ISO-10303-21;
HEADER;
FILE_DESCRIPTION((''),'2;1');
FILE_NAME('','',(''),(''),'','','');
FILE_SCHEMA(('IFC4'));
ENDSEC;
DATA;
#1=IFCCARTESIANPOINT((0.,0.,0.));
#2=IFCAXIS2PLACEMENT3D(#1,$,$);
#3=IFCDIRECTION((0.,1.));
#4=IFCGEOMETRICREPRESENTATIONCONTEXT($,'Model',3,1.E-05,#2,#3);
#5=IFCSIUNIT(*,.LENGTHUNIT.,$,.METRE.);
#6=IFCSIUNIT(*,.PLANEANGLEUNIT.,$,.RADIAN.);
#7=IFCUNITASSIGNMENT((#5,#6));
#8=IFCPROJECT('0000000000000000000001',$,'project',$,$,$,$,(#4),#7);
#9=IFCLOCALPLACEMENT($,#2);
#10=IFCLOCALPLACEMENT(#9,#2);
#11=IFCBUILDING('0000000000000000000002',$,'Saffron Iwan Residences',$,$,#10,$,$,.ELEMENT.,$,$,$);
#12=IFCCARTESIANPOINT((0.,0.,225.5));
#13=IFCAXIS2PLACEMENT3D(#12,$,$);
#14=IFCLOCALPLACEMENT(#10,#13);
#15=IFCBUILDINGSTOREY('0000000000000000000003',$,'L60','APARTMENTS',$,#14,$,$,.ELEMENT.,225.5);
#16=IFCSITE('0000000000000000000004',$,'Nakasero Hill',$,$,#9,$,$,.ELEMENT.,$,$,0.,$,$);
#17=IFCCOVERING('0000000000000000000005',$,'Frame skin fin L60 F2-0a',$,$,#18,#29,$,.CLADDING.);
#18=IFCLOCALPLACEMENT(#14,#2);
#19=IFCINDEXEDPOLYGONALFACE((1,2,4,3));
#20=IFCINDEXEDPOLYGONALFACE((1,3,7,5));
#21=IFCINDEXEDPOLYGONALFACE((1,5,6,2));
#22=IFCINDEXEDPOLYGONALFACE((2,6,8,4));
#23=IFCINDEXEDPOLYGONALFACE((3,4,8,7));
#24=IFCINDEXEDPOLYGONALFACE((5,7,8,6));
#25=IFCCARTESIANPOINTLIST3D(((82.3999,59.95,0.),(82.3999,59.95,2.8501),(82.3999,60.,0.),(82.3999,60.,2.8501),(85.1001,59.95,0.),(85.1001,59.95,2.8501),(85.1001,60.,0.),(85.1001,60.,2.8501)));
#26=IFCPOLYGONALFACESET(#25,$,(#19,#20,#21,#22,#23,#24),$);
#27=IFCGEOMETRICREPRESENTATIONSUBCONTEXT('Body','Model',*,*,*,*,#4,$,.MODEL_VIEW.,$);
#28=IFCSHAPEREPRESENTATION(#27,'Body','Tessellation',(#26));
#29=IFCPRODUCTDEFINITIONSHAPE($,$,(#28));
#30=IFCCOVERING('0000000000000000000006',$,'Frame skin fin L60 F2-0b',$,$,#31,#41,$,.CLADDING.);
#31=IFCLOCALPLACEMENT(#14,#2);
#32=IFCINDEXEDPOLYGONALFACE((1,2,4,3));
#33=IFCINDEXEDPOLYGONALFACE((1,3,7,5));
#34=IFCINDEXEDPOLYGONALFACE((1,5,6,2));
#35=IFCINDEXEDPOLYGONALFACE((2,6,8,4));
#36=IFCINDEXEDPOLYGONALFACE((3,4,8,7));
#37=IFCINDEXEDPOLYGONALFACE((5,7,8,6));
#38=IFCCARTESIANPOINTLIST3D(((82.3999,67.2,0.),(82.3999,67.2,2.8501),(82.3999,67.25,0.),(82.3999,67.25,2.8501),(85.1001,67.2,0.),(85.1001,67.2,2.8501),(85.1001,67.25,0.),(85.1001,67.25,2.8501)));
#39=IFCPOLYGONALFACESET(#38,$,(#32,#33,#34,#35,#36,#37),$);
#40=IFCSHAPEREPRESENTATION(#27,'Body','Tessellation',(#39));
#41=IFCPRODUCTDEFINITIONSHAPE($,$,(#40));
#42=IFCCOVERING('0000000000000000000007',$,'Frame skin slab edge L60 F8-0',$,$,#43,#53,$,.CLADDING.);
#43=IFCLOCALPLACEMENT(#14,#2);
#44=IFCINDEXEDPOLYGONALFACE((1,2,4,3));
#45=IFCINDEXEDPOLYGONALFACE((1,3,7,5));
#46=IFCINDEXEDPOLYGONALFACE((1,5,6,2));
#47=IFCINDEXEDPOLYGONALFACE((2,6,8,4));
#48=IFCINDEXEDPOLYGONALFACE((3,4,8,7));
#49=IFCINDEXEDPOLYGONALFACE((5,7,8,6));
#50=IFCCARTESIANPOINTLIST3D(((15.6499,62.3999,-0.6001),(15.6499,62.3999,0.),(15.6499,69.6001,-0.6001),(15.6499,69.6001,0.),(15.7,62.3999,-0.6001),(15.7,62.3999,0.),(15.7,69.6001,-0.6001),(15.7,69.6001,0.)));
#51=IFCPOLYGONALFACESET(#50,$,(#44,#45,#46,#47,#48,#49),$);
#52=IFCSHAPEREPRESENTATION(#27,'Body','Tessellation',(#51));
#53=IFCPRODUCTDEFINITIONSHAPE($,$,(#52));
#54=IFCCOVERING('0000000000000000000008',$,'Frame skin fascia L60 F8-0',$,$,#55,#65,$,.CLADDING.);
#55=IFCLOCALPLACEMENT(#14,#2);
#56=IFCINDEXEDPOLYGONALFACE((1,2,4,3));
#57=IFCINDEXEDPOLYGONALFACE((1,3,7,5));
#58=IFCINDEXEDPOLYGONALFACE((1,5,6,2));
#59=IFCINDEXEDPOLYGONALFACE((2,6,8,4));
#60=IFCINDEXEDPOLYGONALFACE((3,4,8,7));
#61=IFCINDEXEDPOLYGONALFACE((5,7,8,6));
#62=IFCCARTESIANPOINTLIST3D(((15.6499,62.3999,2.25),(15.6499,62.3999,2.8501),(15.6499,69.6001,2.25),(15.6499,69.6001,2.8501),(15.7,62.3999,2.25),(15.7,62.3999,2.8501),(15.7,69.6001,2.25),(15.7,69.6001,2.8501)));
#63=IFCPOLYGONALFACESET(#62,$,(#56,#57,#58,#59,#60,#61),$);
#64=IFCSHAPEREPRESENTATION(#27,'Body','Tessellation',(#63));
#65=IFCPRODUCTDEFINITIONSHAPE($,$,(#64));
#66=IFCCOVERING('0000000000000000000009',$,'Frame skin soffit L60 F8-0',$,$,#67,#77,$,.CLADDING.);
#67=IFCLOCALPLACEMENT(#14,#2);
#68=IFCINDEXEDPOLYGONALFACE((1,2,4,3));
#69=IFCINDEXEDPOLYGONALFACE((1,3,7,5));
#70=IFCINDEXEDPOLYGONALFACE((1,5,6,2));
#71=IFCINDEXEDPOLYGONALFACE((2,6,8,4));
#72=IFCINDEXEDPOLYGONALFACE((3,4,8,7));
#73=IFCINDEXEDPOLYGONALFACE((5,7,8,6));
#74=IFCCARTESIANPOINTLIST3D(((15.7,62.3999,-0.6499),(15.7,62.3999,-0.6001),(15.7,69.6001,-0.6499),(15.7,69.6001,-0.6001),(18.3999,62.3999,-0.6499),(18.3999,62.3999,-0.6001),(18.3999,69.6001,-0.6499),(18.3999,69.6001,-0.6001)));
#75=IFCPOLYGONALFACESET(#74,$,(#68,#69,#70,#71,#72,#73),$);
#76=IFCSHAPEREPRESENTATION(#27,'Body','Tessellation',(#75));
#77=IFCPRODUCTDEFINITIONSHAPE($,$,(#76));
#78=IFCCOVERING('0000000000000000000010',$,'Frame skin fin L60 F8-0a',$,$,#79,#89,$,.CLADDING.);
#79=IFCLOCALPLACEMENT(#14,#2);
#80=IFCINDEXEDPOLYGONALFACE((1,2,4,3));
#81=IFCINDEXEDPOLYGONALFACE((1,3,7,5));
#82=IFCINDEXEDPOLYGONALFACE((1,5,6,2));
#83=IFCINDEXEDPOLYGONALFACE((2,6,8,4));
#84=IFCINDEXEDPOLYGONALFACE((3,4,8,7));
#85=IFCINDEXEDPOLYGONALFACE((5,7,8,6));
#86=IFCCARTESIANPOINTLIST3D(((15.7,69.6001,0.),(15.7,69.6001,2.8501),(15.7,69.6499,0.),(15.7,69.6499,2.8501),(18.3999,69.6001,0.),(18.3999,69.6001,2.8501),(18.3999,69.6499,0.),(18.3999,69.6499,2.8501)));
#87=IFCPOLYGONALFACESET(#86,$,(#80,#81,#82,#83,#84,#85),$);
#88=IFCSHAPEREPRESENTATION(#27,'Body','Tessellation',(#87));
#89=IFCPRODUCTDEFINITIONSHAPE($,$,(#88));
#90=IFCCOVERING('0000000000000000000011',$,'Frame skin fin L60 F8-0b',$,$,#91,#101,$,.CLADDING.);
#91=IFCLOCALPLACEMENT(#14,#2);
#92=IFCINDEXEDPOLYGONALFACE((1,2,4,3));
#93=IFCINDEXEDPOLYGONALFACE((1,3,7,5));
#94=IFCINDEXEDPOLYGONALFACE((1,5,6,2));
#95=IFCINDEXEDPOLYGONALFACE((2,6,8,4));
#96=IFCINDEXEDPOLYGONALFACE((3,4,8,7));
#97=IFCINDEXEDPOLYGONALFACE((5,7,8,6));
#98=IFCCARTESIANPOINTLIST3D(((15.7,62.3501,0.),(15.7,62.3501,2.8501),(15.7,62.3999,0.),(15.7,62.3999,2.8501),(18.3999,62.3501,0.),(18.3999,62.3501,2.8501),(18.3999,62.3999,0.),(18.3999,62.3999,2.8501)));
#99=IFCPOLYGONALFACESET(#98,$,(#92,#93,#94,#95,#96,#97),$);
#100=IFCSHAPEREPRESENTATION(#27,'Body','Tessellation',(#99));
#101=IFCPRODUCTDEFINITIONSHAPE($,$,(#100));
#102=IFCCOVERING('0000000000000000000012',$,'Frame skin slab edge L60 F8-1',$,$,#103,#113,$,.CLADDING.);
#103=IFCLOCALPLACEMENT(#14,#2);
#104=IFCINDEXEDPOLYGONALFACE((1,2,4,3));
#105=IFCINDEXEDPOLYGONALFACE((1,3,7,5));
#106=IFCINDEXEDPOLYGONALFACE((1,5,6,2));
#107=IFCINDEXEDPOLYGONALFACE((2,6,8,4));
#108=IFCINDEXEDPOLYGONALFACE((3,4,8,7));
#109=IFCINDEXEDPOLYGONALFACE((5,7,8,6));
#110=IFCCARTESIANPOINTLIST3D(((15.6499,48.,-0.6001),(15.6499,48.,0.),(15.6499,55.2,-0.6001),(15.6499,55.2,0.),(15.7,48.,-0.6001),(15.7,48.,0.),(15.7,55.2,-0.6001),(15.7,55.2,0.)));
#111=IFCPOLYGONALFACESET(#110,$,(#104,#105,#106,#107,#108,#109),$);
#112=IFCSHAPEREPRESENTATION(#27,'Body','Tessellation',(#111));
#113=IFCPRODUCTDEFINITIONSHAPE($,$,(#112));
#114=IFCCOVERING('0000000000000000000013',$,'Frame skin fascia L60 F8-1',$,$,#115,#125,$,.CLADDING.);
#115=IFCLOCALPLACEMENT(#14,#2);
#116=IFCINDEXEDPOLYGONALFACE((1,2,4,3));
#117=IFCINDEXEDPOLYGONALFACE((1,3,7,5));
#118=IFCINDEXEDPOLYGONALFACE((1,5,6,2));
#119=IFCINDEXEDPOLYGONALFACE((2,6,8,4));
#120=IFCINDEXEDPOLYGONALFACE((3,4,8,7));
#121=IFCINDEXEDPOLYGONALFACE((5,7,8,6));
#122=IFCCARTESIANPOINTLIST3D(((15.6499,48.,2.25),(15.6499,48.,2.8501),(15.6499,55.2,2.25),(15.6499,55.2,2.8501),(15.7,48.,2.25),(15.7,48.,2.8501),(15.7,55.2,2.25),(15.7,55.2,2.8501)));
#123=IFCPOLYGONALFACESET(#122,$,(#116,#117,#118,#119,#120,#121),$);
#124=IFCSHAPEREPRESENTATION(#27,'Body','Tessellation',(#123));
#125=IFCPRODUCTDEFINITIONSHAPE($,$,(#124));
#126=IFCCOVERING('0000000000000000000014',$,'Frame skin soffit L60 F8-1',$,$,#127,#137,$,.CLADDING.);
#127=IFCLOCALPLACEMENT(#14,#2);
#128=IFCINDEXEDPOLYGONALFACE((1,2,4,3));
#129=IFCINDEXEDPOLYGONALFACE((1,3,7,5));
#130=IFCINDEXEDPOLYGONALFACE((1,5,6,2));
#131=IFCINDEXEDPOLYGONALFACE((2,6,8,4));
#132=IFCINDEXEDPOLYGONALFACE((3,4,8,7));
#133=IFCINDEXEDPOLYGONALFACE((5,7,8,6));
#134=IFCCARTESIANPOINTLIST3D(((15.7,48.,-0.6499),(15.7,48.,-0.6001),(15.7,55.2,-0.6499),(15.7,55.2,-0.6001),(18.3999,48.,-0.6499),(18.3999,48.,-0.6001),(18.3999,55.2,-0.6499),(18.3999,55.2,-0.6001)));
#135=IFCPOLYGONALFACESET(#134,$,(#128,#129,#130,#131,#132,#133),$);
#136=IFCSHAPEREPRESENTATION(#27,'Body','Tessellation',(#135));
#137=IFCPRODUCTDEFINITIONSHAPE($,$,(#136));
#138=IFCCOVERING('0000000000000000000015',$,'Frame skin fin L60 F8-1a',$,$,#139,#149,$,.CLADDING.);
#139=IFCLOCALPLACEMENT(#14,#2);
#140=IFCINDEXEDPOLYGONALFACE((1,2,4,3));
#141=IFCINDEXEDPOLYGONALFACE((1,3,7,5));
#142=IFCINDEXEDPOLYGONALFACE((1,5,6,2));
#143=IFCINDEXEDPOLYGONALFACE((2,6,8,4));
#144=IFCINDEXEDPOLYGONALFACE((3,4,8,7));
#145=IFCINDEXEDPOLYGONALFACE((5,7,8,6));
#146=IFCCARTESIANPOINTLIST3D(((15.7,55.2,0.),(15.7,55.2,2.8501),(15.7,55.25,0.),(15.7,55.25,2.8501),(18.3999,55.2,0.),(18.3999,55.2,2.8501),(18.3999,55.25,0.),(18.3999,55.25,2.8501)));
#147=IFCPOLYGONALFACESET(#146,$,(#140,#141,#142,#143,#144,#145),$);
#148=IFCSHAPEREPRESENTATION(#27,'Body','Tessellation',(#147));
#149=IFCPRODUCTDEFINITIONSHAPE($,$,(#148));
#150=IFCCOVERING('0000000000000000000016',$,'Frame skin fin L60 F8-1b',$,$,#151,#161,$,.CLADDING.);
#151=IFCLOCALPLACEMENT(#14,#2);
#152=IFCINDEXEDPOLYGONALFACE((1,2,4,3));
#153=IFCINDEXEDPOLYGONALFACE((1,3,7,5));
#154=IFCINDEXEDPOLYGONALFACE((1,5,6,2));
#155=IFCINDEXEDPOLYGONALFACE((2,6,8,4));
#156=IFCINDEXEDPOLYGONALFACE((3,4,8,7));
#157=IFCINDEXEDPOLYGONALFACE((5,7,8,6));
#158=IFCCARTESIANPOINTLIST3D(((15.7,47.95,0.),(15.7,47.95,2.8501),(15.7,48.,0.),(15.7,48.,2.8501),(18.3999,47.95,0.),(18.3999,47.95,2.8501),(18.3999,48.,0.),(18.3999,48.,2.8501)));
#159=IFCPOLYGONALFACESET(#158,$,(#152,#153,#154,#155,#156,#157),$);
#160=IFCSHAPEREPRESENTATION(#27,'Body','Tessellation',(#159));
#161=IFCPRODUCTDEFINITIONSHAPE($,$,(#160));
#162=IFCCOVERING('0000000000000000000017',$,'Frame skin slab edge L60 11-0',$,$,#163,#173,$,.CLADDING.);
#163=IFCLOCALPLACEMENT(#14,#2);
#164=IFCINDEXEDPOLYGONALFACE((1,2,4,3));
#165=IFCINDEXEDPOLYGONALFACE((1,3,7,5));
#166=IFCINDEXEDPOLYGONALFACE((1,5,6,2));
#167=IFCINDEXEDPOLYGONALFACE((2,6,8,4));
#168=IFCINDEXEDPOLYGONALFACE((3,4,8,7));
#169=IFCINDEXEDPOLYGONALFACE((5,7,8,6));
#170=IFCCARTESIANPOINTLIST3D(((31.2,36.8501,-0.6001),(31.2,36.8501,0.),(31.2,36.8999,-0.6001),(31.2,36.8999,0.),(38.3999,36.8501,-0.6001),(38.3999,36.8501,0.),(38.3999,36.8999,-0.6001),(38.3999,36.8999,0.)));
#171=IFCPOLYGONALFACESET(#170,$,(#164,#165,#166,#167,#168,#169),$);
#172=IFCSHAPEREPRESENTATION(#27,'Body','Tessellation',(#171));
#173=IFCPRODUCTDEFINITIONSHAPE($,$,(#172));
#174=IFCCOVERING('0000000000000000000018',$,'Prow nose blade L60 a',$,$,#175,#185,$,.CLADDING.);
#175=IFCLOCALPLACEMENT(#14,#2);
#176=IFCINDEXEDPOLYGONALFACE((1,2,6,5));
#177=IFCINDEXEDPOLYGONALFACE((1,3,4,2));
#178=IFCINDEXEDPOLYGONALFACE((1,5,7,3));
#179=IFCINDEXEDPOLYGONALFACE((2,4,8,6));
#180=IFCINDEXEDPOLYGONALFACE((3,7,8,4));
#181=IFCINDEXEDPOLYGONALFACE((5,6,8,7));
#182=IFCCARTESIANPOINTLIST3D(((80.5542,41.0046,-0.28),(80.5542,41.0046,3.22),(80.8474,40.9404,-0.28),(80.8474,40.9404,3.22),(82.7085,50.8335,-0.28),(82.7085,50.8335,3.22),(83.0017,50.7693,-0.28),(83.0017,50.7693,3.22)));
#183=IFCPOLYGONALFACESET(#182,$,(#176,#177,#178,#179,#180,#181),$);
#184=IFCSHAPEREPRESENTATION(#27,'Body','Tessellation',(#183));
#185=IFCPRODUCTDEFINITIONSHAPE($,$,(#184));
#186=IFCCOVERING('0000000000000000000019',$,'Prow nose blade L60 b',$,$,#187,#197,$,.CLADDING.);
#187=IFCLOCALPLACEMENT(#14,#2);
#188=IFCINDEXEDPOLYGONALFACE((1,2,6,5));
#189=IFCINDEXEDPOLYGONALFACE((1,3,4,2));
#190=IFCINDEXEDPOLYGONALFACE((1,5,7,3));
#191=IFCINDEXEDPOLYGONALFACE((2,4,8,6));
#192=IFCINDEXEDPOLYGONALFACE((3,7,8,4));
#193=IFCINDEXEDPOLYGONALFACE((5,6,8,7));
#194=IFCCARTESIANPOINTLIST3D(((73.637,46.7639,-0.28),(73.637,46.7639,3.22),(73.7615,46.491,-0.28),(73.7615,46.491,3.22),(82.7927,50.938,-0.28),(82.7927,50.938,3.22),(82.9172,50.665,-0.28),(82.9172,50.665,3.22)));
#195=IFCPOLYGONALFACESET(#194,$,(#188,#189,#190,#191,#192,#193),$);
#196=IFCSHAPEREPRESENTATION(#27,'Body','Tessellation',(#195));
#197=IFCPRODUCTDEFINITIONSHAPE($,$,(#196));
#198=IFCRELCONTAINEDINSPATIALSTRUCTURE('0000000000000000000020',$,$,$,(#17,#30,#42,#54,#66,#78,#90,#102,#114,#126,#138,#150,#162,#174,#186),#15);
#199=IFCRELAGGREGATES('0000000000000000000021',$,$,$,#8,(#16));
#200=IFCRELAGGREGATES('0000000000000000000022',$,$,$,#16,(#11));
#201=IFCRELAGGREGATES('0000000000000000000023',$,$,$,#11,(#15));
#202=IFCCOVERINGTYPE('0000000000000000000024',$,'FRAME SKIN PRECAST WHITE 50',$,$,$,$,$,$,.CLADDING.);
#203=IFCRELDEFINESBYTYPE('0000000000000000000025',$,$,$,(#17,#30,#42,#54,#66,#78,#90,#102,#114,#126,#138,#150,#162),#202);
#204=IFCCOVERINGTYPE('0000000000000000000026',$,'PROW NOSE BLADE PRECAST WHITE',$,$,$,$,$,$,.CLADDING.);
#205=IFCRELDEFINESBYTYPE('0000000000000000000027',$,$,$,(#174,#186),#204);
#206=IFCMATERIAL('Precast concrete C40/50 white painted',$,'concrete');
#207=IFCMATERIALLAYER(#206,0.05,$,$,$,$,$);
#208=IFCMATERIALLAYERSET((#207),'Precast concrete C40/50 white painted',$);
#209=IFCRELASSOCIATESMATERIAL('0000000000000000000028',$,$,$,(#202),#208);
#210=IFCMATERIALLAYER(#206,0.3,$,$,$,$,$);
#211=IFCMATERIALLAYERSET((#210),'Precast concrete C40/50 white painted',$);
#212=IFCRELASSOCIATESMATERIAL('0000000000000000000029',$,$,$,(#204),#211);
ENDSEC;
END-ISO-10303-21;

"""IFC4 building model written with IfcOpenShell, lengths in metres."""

from ifc_helpers import new_model, si_unit, direction, frame, origin, place, context, subcontext, project, spatial, polyline, outline, extrude, material, layer, layer_set, type_object, element, save


model = new_model("IFC4")

# Units and contexts
model_context = context("Model", 3, precision=1e-05, world=origin(), true_north=direction((0.0, 1.0)))
body_context = subcontext(model_context, "Body", "Model", "MODEL_VIEW")
ifc_project = project(units=[si_unit("LENGTHUNIT", "METRE"), si_unit("PLANEANGLEUNIT", "RADIAN")], contexts=[model_context])

# Site, building, storey
site_placement = place(None, origin())
site = spatial("IfcSite", under=ifc_project, at=site_placement, Name="Nakasero Hill", CompositionType="ELEMENT", RefElevation=0.0)
building_placement = place(site_placement, origin())
building = spatial("IfcBuilding", under=site, at=building_placement, Name="Saffron Iwan Residences", CompositionType="ELEMENT")
storey_placement = place(building_placement, frame((0.0, 0.0, 225.5)))
storey = spatial("IfcBuildingStorey", under=building, at=storey_placement, Name="L60", Description="APARTMENTS", CompositionType="ELEMENT", Elevation=225.5)

# Coverings
ifc_material_1 = material(Name="Precast concrete C40/50 white painted", Category="concrete")
ifc_layer_1 = layer(ifc_material_1, 0.05)
ifc_layer_set_1 = layer_set([ifc_layer_1], Name="Precast concrete C40/50 white painted")
covering_type_1 = type_object("IfcCoveringType", Name="FRAME SKIN PRECAST WHITE 50", PredefinedType="CLADDING", material=ifc_layer_set_1)
covering_1_placement = place(storey_placement, origin())
element("IfcCovering", 1, at=covering_1_placement, inside=storey, type_object=covering_type_1, Name="Frame skin fin L60 F2-0a", PredefinedType="CLADDING", context=body_context, shape_type="SweptSolid", body=[
    extrude(outline(polyline([(85.1001, 59.95), (85.1001, 60.0), (82.3999, 60.0), (82.3999, 59.95), (85.1001, 59.95)])), origin(), (0.0, 0.0, 1.0), 2.8501),
])
covering_2_placement = place(storey_placement, origin())
element("IfcCovering", 2, at=covering_2_placement, inside=storey, type_object=covering_type_1, Name="Frame skin fin L60 F2-0b", PredefinedType="CLADDING", context=body_context, shape_type="SweptSolid", body=[
    extrude(outline(polyline([(85.1001, 67.2), (85.1001, 67.25), (82.3999, 67.25), (82.3999, 67.2), (85.1001, 67.2)])), origin(), (0.0, 0.0, 1.0), 2.8501),
])
for number, where, name in (
    (3, (0.0, 0.0, -0.6001), "Frame skin slab edge L60 F8-0"),
    (4, (0.0, 0.0, 2.25), "Frame skin fascia L60 F8-0"),
):
    element("IfcCovering", number, at=place(storey_placement, frame(where)), inside=storey, type_object=covering_type_1, Name=name, PredefinedType="CLADDING", context=body_context, shape_type="SweptSolid", body=[
        extrude(outline(polyline([(15.6499, 69.6001), (15.6499, 62.3999), (15.7, 62.3999), (15.7, 69.6001), (15.6499, 69.6001)])), origin(), (0.0, 0.0, 1.0), 0.6001),
    ])
covering_3_placement = place(storey_placement, frame((0.0, 0.0, -0.6499)))
element("IfcCovering", 5, at=covering_3_placement, inside=storey, type_object=covering_type_1, Name="Frame skin soffit L60 F8-0", PredefinedType="CLADDING", context=body_context, shape_type="SweptSolid", body=[
    extrude(outline(polyline([(15.7, 69.6001), (15.7, 62.3999), (18.3999, 62.3999), (18.3999, 69.6001), (15.7, 69.6001)])), origin(), (0.0, 0.0, 1.0), 0.0498),
])
covering_4_placement = place(storey_placement, origin())
element("IfcCovering", 6, at=covering_4_placement, inside=storey, type_object=covering_type_1, Name="Frame skin fin L60 F8-0a", PredefinedType="CLADDING", context=body_context, shape_type="SweptSolid", body=[
    extrude(outline(polyline([(15.7, 69.6499), (15.7, 69.6001), (18.3999, 69.6001), (18.3999, 69.6499), (15.7, 69.6499)])), origin(), (0.0, 0.0, 1.0), 2.8501),
])
covering_5_placement = place(storey_placement, origin())
element("IfcCovering", 7, at=covering_5_placement, inside=storey, type_object=covering_type_1, Name="Frame skin fin L60 F8-0b", PredefinedType="CLADDING", context=body_context, shape_type="SweptSolid", body=[
    extrude(outline(polyline([(15.7, 62.3999), (15.7, 62.3501), (18.3999, 62.3501), (18.3999, 62.3999), (15.7, 62.3999)])), origin(), (0.0, 0.0, 1.0), 2.8501),
])
for number, where, name in (
    (8, (0.0, 0.0, -0.6001), "Frame skin slab edge L60 F8-1"),
    (9, (0.0, 0.0, 2.25), "Frame skin fascia L60 F8-1"),
):
    element("IfcCovering", number, at=place(storey_placement, frame(where)), inside=storey, type_object=covering_type_1, Name=name, PredefinedType="CLADDING", context=body_context, shape_type="SweptSolid", body=[
        extrude(outline(polyline([(15.6499, 55.2), (15.6499, 48.0), (15.7, 48.0), (15.7, 55.2), (15.6499, 55.2)])), origin(), (0.0, 0.0, 1.0), 0.6001),
    ])
covering_6_placement = place(storey_placement, frame((0.0, 0.0, -0.6499)))
element("IfcCovering", 10, at=covering_6_placement, inside=storey, type_object=covering_type_1, Name="Frame skin soffit L60 F8-1", PredefinedType="CLADDING", context=body_context, shape_type="SweptSolid", body=[
    extrude(outline(polyline([(15.7, 55.2), (15.7, 48.0), (18.3999, 48.0), (18.3999, 55.2), (15.7, 55.2)])), origin(), (0.0, 0.0, 1.0), 0.0498),
])
covering_7_placement = place(storey_placement, origin())
element("IfcCovering", 11, at=covering_7_placement, inside=storey, type_object=covering_type_1, Name="Frame skin fin L60 F8-1a", PredefinedType="CLADDING", context=body_context, shape_type="SweptSolid", body=[
    extrude(outline(polyline([(15.7, 55.25), (15.7, 55.2), (18.3999, 55.2), (18.3999, 55.25), (15.7, 55.25)])), origin(), (0.0, 0.0, 1.0), 2.8501),
])
covering_8_placement = place(storey_placement, origin())
element("IfcCovering", 12, at=covering_8_placement, inside=storey, type_object=covering_type_1, Name="Frame skin fin L60 F8-1b", PredefinedType="CLADDING", context=body_context, shape_type="SweptSolid", body=[
    extrude(outline(polyline([(15.7, 48.0), (15.7, 47.95), (18.3999, 47.95), (18.3999, 48.0), (15.7, 48.0)])), origin(), (0.0, 0.0, 1.0), 2.8501),
])
covering_9_placement = place(storey_placement, frame((0.0, 0.0, -0.6001)))
element("IfcCovering", 13, at=covering_9_placement, inside=storey, type_object=covering_type_1, Name="Frame skin slab edge L60 11-0", PredefinedType="CLADDING", context=body_context, shape_type="SweptSolid", body=[
    extrude(outline(polyline([(31.2, 36.8501), (38.3999, 36.8501), (38.3999, 36.8999), (31.2, 36.8999), (31.2, 36.8501)])), origin(), (0.0, 0.0, 1.0), 0.6001),
])
ifc_layer_2 = layer(ifc_material_1, 0.3)
ifc_layer_set_2 = layer_set([ifc_layer_2], Name="Precast concrete C40/50 white painted")
covering_type_2 = type_object("IfcCoveringType", Name="PROW NOSE BLADE PRECAST WHITE", PredefinedType="CLADDING", material=ifc_layer_set_2)
covering_10_placement = place(storey_placement, frame((0.0, 0.0, -0.28)))
element("IfcCovering", 14, at=covering_10_placement, inside=storey, type_object=covering_type_2, Name="Prow nose blade L60 a", PredefinedType="CLADDING", context=body_context, shape_type="SweptSolid", body=[
    extrude(outline(polyline([(80.8474, 40.9404), (83.0017, 50.7693), (82.7085, 50.8335), (80.5542, 41.0046), (80.8474, 40.9404)])), origin(), (0.0, 0.0, 1.0), 3.5),
])
covering_11_placement = place(storey_placement, frame((0.0, 0.0, -0.28)))
element("IfcCovering", 15, at=covering_11_placement, inside=storey, type_object=covering_type_2, Name="Prow nose blade L60 b", PredefinedType="CLADDING", context=body_context, shape_type="SweptSolid", body=[
    extrude(outline(polyline([(73.7615, 46.491), (82.9172, 50.665), (82.7927, 50.938), (73.637, 46.7639), (73.7615, 46.491)])), origin(), (0.0, 0.0, 1.0), 3.5),
])

save(model, "model.ifc")
